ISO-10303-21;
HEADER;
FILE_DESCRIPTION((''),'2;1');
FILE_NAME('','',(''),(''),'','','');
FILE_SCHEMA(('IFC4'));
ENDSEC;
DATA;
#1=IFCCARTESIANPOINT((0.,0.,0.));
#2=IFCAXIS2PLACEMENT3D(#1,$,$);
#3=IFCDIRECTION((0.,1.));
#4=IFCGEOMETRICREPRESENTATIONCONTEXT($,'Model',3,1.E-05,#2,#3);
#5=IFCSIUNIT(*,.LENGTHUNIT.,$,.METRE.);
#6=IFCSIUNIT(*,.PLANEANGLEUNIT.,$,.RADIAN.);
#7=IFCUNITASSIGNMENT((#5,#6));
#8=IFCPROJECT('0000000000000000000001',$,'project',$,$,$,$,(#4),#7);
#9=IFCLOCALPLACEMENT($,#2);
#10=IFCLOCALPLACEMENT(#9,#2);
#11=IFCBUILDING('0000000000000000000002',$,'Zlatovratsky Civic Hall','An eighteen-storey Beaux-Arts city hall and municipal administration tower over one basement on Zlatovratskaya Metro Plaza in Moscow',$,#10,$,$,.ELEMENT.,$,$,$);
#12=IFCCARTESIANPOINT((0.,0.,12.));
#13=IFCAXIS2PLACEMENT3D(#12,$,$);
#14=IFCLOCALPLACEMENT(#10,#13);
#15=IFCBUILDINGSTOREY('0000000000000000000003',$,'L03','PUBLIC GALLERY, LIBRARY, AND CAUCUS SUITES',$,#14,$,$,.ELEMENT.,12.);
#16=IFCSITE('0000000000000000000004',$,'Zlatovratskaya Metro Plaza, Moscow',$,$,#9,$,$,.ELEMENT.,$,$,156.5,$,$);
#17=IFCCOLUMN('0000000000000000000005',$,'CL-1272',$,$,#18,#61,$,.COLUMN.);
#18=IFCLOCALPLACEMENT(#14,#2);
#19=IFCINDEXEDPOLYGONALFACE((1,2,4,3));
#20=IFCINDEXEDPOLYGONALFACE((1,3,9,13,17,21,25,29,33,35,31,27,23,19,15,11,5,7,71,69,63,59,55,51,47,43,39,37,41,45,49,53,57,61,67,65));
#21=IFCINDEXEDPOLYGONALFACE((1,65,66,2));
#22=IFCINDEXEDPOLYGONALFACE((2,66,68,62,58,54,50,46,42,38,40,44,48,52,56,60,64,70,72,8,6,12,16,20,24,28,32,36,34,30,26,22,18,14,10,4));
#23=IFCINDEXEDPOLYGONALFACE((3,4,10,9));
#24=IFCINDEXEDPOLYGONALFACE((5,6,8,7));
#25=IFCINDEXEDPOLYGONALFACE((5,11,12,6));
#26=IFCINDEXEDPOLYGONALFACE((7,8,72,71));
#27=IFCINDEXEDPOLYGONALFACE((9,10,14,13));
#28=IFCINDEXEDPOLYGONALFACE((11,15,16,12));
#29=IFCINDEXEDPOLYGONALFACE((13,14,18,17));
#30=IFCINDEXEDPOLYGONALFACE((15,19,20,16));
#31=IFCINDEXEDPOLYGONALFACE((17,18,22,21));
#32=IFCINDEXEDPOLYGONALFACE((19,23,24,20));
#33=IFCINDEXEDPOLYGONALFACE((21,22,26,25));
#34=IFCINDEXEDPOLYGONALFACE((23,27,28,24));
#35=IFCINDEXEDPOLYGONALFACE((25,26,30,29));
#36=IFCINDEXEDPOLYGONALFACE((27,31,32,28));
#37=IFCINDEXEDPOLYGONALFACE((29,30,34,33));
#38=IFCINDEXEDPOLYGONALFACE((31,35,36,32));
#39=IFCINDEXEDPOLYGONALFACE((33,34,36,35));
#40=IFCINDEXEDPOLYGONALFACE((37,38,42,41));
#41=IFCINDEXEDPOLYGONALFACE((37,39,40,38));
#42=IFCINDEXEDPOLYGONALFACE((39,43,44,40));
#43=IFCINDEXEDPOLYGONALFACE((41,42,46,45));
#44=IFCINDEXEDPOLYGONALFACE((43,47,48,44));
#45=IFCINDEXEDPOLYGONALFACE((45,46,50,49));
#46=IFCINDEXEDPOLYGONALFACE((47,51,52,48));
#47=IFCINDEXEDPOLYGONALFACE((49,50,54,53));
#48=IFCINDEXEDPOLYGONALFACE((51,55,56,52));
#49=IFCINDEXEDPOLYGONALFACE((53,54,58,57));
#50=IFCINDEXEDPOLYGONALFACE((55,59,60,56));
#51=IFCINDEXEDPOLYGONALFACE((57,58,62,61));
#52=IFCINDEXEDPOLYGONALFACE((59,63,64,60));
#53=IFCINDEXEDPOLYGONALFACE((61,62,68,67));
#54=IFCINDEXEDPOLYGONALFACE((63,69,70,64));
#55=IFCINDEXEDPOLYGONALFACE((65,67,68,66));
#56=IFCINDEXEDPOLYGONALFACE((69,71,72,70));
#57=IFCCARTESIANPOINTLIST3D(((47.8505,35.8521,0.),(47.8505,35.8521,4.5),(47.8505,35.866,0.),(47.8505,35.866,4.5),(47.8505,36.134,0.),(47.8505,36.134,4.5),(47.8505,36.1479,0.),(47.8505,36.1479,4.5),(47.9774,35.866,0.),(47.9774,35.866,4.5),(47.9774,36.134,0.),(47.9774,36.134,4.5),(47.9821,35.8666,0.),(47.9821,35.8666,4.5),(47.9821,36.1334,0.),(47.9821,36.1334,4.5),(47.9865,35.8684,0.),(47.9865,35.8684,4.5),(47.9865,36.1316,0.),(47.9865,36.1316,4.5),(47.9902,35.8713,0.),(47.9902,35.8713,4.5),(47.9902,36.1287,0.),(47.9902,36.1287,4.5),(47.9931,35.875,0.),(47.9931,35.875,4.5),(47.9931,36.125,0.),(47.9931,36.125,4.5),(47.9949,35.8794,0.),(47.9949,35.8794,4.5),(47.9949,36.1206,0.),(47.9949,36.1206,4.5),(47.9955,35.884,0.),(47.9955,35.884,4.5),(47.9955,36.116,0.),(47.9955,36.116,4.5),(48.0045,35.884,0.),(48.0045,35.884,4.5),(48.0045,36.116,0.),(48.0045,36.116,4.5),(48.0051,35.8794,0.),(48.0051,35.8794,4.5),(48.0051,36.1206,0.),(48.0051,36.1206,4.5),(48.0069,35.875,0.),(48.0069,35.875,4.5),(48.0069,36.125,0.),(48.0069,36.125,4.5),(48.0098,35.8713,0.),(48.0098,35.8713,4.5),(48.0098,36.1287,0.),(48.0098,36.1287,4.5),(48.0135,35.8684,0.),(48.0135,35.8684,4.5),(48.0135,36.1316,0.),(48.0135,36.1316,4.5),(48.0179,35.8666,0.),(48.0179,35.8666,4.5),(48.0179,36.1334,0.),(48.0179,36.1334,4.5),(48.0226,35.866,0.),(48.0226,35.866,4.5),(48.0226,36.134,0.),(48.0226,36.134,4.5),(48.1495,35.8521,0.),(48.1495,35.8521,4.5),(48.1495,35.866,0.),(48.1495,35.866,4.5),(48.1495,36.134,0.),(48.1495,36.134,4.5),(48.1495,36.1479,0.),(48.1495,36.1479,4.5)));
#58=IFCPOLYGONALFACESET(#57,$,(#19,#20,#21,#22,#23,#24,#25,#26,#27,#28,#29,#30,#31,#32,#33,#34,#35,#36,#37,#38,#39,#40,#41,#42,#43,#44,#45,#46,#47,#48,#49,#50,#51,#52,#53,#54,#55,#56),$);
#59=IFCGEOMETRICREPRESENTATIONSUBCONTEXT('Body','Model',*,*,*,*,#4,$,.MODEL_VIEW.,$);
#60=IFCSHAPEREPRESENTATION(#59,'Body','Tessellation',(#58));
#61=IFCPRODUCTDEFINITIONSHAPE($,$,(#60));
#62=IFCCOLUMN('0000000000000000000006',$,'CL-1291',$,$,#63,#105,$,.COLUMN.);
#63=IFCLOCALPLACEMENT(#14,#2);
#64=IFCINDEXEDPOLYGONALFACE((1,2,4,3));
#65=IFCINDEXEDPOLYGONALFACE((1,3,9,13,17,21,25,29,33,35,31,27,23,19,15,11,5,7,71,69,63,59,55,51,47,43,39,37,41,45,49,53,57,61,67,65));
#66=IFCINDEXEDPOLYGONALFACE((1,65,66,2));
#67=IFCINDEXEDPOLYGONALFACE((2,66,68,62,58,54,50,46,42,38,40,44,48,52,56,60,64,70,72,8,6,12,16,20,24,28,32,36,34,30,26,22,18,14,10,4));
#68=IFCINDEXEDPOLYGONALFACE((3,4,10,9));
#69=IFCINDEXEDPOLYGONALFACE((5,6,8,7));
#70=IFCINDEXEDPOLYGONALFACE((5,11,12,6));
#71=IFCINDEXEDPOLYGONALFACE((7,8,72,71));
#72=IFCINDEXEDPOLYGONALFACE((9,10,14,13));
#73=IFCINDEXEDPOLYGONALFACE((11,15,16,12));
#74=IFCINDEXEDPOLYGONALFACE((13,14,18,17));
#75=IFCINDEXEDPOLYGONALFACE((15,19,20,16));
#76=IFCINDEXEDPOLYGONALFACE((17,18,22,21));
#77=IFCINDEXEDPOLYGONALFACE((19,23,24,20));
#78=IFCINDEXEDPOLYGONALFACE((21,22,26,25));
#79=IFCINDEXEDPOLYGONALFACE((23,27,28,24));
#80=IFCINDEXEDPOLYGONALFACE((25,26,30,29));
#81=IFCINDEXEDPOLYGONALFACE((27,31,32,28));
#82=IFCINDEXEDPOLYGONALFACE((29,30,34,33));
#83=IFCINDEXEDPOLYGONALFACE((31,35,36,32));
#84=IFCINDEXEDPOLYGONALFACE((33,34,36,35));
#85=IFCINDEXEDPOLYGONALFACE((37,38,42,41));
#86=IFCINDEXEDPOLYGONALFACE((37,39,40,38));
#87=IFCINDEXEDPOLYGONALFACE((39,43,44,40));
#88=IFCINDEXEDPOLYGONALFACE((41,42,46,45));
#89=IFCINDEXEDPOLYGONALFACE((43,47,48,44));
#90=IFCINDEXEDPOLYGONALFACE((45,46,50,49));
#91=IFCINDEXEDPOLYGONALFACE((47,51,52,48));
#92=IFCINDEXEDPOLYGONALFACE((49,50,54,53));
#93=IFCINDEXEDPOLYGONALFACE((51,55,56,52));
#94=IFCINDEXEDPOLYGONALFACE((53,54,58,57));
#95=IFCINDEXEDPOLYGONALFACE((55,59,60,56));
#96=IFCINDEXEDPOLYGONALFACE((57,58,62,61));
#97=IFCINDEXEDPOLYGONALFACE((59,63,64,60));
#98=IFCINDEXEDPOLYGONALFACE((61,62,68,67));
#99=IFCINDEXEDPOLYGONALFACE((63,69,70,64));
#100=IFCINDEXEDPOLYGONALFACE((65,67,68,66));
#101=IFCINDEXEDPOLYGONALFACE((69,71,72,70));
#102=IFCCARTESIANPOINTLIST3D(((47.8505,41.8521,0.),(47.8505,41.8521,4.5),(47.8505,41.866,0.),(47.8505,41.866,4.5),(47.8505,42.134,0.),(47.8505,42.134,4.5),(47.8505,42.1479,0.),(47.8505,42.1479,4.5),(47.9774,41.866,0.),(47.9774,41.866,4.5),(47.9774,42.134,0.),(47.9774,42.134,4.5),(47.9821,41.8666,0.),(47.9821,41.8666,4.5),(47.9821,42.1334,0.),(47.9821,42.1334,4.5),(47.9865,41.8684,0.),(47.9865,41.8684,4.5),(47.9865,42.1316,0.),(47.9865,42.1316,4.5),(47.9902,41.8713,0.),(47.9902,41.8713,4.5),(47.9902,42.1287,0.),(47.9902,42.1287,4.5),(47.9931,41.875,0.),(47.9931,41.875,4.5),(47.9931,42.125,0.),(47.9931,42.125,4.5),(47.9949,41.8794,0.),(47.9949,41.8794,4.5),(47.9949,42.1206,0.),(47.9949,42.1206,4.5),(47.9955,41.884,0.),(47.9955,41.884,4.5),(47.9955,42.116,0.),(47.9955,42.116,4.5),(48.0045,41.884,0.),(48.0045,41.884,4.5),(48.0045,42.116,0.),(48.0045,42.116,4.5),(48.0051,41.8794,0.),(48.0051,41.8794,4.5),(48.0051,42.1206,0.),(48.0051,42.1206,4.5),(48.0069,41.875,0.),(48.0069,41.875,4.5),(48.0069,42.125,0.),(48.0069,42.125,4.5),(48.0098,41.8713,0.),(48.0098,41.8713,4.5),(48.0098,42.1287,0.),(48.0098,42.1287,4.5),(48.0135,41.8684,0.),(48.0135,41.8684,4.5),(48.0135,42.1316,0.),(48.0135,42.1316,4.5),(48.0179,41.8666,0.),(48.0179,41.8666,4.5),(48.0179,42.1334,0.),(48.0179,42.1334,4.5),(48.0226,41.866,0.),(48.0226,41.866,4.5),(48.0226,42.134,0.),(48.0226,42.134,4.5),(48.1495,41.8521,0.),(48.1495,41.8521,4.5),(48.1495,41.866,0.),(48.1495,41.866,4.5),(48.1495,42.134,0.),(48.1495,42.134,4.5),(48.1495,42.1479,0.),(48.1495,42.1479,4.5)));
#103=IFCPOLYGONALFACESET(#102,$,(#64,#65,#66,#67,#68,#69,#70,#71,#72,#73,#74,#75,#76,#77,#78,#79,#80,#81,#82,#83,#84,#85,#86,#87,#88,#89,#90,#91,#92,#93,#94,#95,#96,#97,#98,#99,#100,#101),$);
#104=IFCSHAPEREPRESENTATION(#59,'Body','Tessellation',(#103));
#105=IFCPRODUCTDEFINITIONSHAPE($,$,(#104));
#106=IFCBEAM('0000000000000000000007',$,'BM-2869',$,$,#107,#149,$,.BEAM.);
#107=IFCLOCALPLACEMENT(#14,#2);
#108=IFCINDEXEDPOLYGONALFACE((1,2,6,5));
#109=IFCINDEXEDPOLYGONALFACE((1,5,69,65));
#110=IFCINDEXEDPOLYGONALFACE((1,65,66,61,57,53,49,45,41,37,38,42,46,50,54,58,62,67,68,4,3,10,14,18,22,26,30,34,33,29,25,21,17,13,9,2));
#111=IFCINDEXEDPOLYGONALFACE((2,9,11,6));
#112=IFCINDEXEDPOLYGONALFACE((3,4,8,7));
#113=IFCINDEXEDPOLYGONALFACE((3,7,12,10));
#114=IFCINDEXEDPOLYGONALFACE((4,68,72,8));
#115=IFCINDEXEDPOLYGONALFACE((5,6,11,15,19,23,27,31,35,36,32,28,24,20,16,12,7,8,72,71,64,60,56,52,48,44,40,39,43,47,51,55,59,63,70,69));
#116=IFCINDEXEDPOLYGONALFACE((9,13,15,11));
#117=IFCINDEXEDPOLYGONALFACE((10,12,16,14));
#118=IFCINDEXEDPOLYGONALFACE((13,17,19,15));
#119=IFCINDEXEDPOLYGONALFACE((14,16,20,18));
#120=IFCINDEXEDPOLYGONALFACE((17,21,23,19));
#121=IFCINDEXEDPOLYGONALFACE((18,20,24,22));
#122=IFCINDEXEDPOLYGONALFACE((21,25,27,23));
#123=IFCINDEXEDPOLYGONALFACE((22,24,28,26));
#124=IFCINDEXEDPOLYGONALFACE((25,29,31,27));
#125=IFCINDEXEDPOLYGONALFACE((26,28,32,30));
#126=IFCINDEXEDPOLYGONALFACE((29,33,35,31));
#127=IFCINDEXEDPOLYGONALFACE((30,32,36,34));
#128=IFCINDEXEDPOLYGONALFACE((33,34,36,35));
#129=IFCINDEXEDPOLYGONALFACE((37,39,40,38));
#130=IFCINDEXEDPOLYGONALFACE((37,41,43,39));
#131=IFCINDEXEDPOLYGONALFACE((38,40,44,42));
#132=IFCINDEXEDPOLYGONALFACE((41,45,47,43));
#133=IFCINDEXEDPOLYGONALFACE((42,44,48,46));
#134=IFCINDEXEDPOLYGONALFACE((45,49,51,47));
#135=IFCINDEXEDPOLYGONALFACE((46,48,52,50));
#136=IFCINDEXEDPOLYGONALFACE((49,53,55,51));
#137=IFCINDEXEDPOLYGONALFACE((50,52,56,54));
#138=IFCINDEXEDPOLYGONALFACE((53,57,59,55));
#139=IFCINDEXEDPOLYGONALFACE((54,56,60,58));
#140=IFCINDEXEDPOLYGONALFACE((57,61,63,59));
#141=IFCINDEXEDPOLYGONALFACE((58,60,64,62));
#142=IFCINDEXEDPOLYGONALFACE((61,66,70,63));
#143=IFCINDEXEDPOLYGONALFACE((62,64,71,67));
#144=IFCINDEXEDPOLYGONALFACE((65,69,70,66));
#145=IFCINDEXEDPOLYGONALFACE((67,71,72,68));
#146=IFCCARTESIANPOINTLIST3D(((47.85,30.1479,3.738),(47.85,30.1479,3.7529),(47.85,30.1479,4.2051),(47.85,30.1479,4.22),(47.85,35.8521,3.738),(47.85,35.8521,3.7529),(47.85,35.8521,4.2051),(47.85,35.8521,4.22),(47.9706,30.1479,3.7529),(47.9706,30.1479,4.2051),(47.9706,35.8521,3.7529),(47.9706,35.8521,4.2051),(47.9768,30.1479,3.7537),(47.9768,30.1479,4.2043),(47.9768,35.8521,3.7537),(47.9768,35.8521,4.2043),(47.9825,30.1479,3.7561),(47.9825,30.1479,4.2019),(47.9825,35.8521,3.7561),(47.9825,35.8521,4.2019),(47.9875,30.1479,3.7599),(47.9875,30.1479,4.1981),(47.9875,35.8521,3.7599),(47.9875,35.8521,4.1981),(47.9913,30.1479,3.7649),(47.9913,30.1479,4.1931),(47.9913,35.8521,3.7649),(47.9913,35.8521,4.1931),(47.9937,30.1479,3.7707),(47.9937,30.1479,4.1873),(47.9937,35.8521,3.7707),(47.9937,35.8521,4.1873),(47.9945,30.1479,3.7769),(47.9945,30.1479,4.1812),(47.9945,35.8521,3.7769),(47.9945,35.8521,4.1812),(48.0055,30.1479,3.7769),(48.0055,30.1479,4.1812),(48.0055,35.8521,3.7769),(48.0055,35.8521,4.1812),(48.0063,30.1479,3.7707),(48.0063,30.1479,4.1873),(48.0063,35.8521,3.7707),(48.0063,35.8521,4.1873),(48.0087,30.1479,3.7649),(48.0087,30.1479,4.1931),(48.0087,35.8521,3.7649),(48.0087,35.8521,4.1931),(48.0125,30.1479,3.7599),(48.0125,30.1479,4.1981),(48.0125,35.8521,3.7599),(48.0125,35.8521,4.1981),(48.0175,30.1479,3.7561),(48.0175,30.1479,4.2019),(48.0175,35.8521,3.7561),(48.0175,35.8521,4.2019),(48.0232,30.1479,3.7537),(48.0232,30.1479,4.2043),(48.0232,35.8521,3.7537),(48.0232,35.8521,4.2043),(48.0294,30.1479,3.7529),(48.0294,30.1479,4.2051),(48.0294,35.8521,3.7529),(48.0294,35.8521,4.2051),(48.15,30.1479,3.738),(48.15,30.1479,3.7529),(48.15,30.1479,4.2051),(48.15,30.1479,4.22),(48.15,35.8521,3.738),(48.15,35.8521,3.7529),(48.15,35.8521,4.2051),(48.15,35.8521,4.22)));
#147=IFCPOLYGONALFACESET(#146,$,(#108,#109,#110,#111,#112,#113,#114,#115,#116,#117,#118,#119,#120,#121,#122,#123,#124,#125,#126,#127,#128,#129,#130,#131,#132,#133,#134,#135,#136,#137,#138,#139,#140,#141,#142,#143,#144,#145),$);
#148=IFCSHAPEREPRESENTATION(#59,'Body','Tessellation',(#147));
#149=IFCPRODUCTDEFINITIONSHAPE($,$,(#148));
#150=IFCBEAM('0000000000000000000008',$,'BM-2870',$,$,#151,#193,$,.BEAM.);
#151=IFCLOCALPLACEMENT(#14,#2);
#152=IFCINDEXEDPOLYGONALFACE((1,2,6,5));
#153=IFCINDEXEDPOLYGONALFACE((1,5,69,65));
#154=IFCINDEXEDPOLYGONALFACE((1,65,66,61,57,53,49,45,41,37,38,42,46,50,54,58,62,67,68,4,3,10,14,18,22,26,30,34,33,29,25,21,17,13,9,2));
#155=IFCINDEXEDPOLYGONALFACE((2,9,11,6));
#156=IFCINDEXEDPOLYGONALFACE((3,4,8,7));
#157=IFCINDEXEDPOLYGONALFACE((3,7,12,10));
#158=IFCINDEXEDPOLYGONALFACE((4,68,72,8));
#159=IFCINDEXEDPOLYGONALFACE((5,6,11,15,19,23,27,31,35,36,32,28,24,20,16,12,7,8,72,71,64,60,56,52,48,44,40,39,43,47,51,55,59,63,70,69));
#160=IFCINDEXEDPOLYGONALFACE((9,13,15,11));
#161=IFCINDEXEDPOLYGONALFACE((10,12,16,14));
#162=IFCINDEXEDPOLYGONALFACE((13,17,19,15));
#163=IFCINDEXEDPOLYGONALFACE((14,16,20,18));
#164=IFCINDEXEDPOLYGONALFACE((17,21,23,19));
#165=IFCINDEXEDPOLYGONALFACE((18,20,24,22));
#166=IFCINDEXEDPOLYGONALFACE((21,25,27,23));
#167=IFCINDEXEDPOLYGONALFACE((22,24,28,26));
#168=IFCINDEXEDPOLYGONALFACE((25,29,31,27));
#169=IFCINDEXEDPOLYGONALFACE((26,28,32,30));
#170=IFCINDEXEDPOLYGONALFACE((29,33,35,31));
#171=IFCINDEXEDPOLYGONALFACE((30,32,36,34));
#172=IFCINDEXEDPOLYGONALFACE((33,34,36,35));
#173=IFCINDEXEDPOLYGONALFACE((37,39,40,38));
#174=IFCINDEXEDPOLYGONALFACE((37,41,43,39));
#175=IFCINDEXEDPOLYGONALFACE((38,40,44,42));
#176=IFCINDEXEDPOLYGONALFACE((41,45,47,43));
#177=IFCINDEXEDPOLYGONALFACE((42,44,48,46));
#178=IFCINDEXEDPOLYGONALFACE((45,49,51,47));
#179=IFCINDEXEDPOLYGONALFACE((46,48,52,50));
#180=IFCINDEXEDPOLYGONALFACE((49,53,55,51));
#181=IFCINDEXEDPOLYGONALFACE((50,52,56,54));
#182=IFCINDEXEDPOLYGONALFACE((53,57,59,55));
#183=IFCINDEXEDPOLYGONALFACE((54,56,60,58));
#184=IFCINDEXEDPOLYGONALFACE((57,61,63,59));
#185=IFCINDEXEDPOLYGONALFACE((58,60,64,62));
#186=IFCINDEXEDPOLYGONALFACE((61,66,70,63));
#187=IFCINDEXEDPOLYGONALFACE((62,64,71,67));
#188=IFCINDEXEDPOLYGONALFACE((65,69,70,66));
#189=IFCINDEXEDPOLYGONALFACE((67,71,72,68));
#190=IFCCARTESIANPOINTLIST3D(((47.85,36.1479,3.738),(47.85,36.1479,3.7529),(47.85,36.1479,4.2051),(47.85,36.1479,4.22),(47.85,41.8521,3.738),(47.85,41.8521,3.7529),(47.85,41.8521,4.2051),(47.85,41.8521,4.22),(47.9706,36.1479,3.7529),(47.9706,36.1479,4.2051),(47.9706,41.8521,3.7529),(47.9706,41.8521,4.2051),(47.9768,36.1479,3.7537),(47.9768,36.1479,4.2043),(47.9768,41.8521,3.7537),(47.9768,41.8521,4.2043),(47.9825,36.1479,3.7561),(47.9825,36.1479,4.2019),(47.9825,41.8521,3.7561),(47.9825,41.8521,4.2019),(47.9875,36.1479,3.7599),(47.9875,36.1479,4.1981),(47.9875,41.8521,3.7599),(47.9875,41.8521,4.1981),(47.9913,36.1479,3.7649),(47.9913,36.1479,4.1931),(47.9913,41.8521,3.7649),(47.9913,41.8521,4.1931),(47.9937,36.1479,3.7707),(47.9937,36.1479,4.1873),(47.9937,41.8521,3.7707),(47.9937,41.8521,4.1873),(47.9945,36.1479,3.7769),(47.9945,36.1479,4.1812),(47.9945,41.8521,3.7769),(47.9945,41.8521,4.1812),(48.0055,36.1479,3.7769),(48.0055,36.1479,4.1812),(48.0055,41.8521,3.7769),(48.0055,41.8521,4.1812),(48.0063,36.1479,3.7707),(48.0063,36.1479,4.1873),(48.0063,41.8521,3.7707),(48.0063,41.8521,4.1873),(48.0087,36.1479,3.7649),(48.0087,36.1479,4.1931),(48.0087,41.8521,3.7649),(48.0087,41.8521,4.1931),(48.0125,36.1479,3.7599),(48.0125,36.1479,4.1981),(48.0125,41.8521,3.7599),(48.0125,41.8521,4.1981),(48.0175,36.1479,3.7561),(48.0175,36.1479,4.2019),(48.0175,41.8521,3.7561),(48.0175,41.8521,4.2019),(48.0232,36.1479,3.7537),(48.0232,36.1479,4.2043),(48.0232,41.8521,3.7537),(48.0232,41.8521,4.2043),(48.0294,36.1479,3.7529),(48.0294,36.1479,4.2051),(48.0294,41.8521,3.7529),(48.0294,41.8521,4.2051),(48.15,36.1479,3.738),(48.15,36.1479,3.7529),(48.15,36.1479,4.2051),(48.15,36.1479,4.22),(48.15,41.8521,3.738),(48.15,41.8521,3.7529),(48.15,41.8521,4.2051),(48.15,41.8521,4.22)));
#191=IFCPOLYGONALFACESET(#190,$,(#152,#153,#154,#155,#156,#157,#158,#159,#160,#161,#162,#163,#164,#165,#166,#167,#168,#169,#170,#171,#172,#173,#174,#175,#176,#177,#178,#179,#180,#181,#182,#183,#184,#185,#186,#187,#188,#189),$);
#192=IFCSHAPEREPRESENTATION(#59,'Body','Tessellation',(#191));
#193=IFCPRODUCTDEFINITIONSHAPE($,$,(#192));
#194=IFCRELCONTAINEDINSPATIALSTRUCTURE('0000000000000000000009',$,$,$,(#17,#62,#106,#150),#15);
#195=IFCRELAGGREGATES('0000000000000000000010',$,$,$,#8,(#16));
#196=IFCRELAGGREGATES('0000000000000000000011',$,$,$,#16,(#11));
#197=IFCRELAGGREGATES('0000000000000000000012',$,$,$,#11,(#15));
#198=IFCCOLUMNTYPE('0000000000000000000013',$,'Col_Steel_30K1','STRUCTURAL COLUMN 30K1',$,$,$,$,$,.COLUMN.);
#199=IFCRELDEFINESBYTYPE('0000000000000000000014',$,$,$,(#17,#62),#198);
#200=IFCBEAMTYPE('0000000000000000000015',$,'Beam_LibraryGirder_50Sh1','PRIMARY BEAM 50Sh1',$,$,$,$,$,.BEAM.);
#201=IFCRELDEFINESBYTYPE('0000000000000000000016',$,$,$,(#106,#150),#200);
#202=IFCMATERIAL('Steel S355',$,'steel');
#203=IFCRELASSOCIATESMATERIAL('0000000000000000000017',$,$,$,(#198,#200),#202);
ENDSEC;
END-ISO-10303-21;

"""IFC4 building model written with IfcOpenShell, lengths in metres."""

from ifc_helpers import new_model, si_unit, direction, frame, origin, origin_2d, place, context, subcontext, project, spatial, i_section, extrude, material, material_profile, profile_set, type_object, element, save


model = new_model("IFC4")

# Units and contexts
model_context = context("Model", 3, precision=1e-05, world=origin(), true_north=direction((0.0, 1.0)))
body_context = subcontext(model_context, "Body", "Model", "MODEL_VIEW")
ifc_project = project(units=[si_unit("LENGTHUNIT", "METRE"), si_unit("PLANEANGLEUNIT", "RADIAN")], contexts=[model_context])

# Site, building, storey
site_placement = place(None, origin())
site = spatial("IfcSite", under=ifc_project, at=site_placement, Name="Zlatovratskaya Metro Plaza, Moscow", CompositionType="ELEMENT", RefElevation=156.5)
building_placement = place(site_placement, origin())
building = spatial("IfcBuilding", under=site, at=building_placement, Name="Zlatovratsky Civic Hall", Description="An eighteen-storey Beaux-Arts city hall and municipal administration tower over one basement on Zlatovratskaya Metro Plaza in Moscow", CompositionType="ELEMENT")
storey_placement = place(building_placement, frame((0.0, 0.0, 12.0)))
storey = spatial("IfcBuildingStorey", under=building, at=storey_placement, Name="L03", Description="PUBLIC GALLERY, LIBRARY, AND CAUCUS SUITES", CompositionType="ELEMENT", Elevation=12.0)

# Columns
ifc_material_1 = material(Name="Steel S355", Category="steel")
ifc_material_profile_1 = material_profile(ifc_material_1, i_section(OverallWidth=0.2991, OverallDepth=0.2959, WebThickness=0.009, FlangeThickness=0.0139, FilletRadius=0.0181, at=origin_2d()), Name="30K1")
ifc_profile_set_1 = profile_set([ifc_material_profile_1], Name="Steel S355")
column_type = type_object("IfcColumnType", Name="Col_Steel_30K1", Description="STRUCTURAL COLUMN 30K1", PredefinedType="COLUMN", material=ifc_profile_set_1)
for number, where, z_axis, x_axis, name in (
    (1, (48.0, 36.0, 0.0), (0.0, 0.0, 1.0), (1.0, 0.0, 0.0), "CL-1272"),
    (2, (48.0, 42.0, 0.0), (0.0, 0.0, 1.0), (1.0, 0.0, 0.0), "CL-1291"),
):
    element("IfcColumn", number, at=place(storey_placement, frame(where, z_axis=z_axis, x_axis=x_axis)), inside=storey, type_object=column_type, Name=name, PredefinedType="COLUMN", context=body_context, shape_type="SweptSolid", body=[
        extrude(i_section(OverallWidth=0.2991, OverallDepth=0.2959, WebThickness=0.009, FlangeThickness=0.0139, FilletRadius=0.0181, at=origin_2d()), origin(), (0.0, 0.0, 1.0), 4.5),
    ])

# Beams
ifc_material_profile_2 = material_profile(ifc_material_1, i_section(OverallWidth=0.3, OverallDepth=0.4819, WebThickness=0.011, FlangeThickness=0.0149, FilletRadius=0.0239, at=origin_2d()), Name="50Sh1")
ifc_profile_set_2 = profile_set([ifc_material_profile_2], Name="Steel S355")
beam_type = type_object("IfcBeamType", Name="Beam_LibraryGirder_50Sh1", Description="PRIMARY BEAM 50Sh1", PredefinedType="BEAM", material=ifc_profile_set_2)
for number, where, z_axis, x_axis, name in (
    (3, (48.0, 30.1479, 3.979), (0.0, 1.0, 0.0), (-1.0, 0.0, 0.0), "BM-2869"),
    (4, (48.0, 36.1479, 3.979), (0.0, 1.0, 0.0), (-1.0, 0.0, 0.0), "BM-2870"),
):
    element("IfcBeam", number, at=place(storey_placement, frame(where, z_axis=z_axis, x_axis=x_axis)), inside=storey, type_object=beam_type, Name=name, PredefinedType="BEAM", context=body_context, shape_type="SweptSolid", body=[
        extrude(i_section(OverallWidth=0.3, OverallDepth=0.4819, WebThickness=0.011, FlangeThickness=0.0149, FilletRadius=0.0239, at=origin_2d()), origin(), (0.0, 0.0, 1.0), 5.7041),
    ])

save(model, "model.ifc")
